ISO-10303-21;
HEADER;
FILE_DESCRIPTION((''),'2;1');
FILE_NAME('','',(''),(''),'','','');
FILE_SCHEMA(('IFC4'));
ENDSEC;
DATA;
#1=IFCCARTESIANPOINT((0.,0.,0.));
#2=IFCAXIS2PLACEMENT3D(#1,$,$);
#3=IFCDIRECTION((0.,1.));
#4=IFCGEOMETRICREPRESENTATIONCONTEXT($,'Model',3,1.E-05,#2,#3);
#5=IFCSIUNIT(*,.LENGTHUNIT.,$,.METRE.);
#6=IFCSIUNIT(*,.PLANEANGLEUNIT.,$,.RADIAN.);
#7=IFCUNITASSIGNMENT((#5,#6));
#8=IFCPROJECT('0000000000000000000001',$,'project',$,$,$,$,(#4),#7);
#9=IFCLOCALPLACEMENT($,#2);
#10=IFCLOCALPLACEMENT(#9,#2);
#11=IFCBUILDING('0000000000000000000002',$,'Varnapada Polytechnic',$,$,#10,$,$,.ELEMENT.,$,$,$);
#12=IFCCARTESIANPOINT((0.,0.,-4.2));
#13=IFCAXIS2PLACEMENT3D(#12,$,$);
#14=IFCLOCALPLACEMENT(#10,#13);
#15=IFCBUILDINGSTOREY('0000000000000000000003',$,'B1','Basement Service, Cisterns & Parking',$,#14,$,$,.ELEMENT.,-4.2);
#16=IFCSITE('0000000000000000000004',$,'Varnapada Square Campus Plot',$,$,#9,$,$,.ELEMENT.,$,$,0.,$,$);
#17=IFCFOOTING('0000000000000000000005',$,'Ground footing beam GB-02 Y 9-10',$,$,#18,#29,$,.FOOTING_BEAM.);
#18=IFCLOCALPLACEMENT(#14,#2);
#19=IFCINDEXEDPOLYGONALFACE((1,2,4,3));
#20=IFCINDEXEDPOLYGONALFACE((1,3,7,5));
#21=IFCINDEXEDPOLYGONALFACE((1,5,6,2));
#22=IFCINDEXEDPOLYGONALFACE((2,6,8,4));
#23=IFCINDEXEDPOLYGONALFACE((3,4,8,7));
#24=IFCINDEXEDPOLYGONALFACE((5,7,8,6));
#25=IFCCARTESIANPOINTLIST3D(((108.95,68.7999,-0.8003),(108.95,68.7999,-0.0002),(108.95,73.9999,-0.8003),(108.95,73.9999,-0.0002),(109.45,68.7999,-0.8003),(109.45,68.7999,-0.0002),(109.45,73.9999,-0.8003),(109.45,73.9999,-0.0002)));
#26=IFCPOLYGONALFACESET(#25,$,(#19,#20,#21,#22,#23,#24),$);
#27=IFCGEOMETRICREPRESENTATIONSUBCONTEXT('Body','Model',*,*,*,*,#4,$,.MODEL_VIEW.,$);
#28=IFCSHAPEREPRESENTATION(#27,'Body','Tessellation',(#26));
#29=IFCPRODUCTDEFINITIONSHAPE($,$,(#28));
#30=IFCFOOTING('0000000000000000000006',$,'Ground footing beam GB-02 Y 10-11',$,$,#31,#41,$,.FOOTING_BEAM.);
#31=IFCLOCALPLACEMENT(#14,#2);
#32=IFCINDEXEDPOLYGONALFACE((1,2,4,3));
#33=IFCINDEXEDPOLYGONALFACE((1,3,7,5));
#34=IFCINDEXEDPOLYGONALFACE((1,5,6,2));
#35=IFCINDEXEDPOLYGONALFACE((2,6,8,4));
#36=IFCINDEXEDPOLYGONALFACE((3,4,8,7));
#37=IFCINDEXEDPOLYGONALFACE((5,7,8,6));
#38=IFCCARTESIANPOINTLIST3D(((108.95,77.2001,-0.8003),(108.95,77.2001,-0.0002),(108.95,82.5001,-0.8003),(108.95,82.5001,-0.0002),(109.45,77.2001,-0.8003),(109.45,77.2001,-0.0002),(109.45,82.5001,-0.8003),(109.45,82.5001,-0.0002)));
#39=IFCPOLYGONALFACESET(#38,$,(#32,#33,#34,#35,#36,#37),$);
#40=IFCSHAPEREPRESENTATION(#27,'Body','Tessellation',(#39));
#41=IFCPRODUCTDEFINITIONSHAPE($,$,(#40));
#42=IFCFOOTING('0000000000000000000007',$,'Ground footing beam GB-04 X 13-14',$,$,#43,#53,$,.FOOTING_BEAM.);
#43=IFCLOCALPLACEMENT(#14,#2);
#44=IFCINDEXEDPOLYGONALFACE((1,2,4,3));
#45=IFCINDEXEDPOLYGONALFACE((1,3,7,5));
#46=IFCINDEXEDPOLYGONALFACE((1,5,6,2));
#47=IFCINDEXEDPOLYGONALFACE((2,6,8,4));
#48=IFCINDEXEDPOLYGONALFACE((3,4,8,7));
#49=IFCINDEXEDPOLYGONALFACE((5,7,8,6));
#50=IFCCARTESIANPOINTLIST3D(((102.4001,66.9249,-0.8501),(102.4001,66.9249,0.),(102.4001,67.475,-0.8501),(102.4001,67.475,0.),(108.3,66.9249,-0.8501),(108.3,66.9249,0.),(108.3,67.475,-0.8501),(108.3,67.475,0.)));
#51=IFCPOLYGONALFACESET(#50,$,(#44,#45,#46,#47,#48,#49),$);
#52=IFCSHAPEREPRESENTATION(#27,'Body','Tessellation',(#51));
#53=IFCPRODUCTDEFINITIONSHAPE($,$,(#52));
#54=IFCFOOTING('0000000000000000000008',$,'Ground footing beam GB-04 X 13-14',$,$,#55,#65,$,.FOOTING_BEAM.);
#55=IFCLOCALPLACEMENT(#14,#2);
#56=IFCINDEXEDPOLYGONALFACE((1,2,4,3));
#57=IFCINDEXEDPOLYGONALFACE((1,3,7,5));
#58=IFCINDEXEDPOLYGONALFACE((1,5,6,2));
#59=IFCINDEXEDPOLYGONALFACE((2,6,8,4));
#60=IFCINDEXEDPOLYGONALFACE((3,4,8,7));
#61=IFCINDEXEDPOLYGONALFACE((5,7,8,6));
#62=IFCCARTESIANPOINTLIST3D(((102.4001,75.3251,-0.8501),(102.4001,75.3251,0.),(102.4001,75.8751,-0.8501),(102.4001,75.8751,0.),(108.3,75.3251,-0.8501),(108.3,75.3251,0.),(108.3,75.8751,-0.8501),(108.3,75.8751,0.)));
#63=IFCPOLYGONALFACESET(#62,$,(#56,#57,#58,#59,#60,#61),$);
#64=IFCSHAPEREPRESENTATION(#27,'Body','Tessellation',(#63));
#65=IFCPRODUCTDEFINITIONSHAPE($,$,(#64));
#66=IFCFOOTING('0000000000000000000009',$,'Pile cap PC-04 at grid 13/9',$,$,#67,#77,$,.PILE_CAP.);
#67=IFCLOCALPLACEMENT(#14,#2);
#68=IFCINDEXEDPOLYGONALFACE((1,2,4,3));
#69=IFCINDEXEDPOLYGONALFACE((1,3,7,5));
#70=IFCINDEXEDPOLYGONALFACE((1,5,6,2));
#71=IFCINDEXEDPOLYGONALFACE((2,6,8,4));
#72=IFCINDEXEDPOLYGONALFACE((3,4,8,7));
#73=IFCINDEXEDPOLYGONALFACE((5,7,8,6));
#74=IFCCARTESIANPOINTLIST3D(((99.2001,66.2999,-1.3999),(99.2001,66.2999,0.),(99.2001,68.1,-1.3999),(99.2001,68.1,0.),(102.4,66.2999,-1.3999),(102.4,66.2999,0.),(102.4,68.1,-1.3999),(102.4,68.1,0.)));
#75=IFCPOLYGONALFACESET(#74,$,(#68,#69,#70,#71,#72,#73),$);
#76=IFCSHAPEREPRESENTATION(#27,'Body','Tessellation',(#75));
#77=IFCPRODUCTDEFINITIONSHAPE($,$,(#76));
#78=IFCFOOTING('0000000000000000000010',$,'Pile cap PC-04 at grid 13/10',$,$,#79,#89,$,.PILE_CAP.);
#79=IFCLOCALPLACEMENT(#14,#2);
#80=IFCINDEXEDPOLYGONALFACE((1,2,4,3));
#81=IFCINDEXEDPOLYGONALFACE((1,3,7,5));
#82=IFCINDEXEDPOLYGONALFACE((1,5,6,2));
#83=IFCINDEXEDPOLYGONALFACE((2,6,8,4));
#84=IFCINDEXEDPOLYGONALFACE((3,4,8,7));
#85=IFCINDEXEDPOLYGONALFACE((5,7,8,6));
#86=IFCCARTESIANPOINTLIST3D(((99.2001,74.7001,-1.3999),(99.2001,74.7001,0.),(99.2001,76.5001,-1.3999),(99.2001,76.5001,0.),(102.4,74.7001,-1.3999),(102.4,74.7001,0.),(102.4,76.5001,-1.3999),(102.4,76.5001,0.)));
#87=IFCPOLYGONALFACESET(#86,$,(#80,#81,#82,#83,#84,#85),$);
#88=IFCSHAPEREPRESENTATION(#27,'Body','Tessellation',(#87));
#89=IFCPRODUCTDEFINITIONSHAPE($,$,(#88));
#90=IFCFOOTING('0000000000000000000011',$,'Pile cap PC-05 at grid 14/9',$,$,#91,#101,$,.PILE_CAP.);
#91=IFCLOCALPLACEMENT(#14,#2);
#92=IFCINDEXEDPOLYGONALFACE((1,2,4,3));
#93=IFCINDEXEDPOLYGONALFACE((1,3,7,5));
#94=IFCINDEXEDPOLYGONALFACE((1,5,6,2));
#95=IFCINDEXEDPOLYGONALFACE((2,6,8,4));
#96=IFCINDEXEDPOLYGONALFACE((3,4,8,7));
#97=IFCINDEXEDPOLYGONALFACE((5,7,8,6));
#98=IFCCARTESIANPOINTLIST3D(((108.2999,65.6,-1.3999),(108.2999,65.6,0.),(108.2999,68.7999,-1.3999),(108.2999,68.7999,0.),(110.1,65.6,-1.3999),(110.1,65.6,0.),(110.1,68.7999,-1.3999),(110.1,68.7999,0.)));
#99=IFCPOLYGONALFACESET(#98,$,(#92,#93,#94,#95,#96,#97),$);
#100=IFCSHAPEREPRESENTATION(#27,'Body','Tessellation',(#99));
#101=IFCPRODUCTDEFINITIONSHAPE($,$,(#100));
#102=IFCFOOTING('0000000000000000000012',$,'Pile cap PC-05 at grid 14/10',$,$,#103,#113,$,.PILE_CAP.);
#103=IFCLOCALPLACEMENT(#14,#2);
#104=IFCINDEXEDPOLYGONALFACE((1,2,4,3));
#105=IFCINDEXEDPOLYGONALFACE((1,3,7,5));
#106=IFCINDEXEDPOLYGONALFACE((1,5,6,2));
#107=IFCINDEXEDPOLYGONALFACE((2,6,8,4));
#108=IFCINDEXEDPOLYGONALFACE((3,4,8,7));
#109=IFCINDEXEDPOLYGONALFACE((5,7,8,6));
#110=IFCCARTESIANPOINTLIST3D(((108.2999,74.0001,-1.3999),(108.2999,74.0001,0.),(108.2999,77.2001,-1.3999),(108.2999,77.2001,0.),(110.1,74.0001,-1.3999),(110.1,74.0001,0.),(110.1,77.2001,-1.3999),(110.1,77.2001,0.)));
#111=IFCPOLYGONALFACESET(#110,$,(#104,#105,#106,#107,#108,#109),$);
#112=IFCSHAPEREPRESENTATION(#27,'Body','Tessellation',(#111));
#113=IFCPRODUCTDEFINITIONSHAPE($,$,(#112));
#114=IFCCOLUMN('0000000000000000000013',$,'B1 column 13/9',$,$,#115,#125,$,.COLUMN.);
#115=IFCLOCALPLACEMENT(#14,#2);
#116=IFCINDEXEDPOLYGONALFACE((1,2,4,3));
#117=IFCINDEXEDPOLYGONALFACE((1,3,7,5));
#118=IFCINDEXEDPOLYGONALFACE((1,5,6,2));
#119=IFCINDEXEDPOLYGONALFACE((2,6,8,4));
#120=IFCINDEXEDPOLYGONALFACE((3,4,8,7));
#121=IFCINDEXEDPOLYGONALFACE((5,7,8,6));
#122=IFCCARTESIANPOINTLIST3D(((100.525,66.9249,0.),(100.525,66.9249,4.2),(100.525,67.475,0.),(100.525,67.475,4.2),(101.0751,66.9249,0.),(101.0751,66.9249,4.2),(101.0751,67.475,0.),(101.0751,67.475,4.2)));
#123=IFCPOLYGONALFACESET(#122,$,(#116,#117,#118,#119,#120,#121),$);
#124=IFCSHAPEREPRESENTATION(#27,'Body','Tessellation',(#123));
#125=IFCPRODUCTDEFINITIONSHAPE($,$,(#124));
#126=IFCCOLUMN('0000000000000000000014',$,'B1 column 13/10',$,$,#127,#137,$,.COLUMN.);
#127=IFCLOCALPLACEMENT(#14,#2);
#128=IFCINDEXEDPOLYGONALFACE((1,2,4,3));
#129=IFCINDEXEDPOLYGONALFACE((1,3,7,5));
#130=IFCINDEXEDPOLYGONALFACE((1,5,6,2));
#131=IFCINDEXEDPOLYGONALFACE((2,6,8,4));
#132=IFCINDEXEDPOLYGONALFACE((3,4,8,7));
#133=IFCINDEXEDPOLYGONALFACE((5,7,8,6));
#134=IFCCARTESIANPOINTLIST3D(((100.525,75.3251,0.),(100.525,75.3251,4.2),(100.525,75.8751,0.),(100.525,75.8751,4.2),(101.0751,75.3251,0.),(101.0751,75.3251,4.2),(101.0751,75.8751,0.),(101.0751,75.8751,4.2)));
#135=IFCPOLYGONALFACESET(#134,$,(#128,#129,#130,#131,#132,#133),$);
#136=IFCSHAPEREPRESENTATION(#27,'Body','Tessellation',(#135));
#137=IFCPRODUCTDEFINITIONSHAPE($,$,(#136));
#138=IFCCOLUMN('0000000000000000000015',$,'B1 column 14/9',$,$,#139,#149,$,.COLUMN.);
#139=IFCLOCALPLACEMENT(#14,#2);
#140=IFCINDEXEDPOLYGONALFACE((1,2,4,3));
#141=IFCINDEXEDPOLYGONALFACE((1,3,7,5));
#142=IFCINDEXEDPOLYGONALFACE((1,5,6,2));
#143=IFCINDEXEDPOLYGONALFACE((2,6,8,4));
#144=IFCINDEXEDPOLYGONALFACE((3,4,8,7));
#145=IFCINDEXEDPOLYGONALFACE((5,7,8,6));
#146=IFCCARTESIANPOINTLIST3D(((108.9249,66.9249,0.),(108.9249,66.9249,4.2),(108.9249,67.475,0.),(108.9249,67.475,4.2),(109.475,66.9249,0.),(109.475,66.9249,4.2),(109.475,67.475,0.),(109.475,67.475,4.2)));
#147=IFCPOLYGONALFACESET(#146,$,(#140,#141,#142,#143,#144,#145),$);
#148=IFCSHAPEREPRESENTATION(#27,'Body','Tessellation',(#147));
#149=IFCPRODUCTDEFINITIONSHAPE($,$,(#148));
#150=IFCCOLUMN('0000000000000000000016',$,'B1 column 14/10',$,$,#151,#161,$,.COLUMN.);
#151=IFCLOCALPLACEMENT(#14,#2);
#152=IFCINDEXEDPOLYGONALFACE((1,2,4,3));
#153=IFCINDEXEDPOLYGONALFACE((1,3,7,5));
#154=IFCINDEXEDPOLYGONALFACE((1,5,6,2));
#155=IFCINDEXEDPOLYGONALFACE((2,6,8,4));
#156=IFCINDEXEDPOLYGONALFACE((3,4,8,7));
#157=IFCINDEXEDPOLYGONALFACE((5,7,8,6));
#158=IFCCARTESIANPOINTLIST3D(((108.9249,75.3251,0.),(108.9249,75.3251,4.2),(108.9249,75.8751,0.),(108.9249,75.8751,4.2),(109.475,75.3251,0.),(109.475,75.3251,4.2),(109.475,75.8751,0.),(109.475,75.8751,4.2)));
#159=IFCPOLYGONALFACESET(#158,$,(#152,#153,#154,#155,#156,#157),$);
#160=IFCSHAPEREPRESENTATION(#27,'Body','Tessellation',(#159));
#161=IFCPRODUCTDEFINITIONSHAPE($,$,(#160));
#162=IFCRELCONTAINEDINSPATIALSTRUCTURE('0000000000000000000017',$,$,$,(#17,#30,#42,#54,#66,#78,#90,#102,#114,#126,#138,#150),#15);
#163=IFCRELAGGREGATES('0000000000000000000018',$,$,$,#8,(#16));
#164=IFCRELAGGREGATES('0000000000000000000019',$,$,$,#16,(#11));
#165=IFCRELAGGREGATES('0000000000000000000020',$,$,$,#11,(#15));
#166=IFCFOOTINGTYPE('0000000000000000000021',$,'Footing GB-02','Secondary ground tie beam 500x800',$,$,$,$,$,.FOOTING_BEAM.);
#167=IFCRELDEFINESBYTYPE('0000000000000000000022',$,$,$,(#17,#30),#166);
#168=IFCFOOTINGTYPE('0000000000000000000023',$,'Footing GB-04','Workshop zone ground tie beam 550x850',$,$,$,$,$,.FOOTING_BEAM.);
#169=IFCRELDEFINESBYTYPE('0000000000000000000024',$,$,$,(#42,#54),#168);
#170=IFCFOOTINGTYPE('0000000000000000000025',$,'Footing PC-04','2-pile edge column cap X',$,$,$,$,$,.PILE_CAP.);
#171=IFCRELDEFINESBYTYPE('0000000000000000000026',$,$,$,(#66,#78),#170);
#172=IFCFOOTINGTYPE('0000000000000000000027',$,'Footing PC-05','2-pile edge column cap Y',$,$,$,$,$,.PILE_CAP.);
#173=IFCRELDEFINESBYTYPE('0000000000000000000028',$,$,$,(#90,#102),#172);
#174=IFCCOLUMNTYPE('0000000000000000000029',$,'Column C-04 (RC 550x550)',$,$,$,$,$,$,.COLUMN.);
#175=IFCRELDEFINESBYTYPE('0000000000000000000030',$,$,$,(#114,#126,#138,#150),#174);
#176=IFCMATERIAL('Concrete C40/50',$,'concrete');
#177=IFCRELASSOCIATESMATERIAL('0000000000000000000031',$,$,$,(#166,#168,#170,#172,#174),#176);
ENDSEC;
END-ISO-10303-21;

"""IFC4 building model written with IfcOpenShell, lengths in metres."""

from ifc_helpers import new_model, si_unit, direction, frame, origin, origin_2d, place, context, subcontext, project, spatial, rectangle, extrude, material, material_profile, profile_set, type_object, element, save


model = new_model("IFC4")

# Units and contexts
model_context = context("Model", 3, precision=1e-05, world=origin(), true_north=direction((0.0, 1.0)))
body_context = subcontext(model_context, "Body", "Model", "MODEL_VIEW")
ifc_project = project(units=[si_unit("LENGTHUNIT", "METRE"), si_unit("PLANEANGLEUNIT", "RADIAN")], contexts=[model_context])

# Site, building, storey
site_placement = place(None, origin())
site = spatial("IfcSite", under=ifc_project, at=site_placement, Name="Varnapada Square Campus Plot", CompositionType="ELEMENT", RefElevation=0.0)
building_placement = place(site_placement, origin())
building = spatial("IfcBuilding", under=site, at=building_placement, Name="Varnapada Polytechnic", CompositionType="ELEMENT")
storey_placement = place(building_placement, frame((0.0, 0.0, -4.2)))
storey = spatial("IfcBuildingStorey", under=building, at=storey_placement, Name="B1", Description="Basement Service, Cisterns & Parking", CompositionType="ELEMENT", Elevation=-4.2)

# Shared definitions
ifc_material = material(Name="Concrete C40/50", Category="concrete")

# Footings
footing_type_1 = type_object("IfcFootingType", Name="Footing GB-02", Description="Secondary ground tie beam 500x800", PredefinedType="FOOTING_BEAM", material=ifc_material)
footing_1_placement = place(storey_placement, frame((109.2, 71.3999, -0.8003), z_axis=(0.0, 0.0, 1.0), x_axis=(0.0, 1.0, 0.0)))
element("IfcFooting", 1, at=footing_1_placement, inside=storey, type_object=footing_type_1, Name="Ground footing beam GB-02 Y 9-10", PredefinedType="FOOTING_BEAM", context=body_context, shape_type="SweptSolid", body=[
    extrude(rectangle(XDim=5.2, YDim=0.5, at=origin_2d()), origin(), (0.0, 0.0, 1.0), 0.8),
])
footing_2_placement = place(storey_placement, frame((109.2, 79.8501, -0.8003), z_axis=(0.0, 0.0, 1.0), x_axis=(0.0, 1.0, 0.0)))
element("IfcFooting", 2, at=footing_2_placement, inside=storey, type_object=footing_type_1, Name="Ground footing beam GB-02 Y 10-11", PredefinedType="FOOTING_BEAM", context=body_context, shape_type="SweptSolid", body=[
    extrude(rectangle(XDim=5.3, YDim=0.5, at=origin_2d()), origin(), (0.0, 0.0, 1.0), 0.8),
])
footing_type_2 = type_object("IfcFootingType", Name="Footing GB-04", Description="Workshop zone ground tie beam 550x850", PredefinedType="FOOTING_BEAM", material=ifc_material)
for number, where, z_axis, x_axis, name in (
    (3, (105.3501, 67.2, -0.8501), (0.0, 0.0, 1.0), (1.0, 0.0, 0.0), "Ground footing beam GB-04 X 13-14"),
    (4, (105.3501, 75.6001, -0.8501), (0.0, 0.0, 1.0), (1.0, 0.0, 0.0), "Ground footing beam GB-04 X 13-14"),
):
    element("IfcFooting", number, at=place(storey_placement, frame(where, z_axis=z_axis, x_axis=x_axis)), inside=storey, type_object=footing_type_2, Name=name, PredefinedType="FOOTING_BEAM", context=body_context, shape_type="SweptSolid", body=[
        extrude(rectangle(XDim=5.8999, YDim=0.55, at=origin_2d()), origin(), (0.0, 0.0, 1.0), 0.8501),
    ])
footing_type_3 = type_object("IfcFootingType", Name="Footing PC-04", Description="2-pile edge column cap X", PredefinedType="PILE_CAP", material=ifc_material)
for number, where, z_axis, x_axis, name in (
    (5, (100.8, 67.2, -1.3999), (0.0, 0.0, 1.0), (1.0, 0.0, 0.0), "Pile cap PC-04 at grid 13/9"),
    (6, (100.8, 75.6001, -1.3999), (0.0, 0.0, 1.0), (1.0, 0.0, 0.0), "Pile cap PC-04 at grid 13/10"),
):
    element("IfcFooting", number, at=place(storey_placement, frame(where, z_axis=z_axis, x_axis=x_axis)), inside=storey, type_object=footing_type_3, Name=name, PredefinedType="PILE_CAP", context=body_context, shape_type="SweptSolid", body=[
        extrude(rectangle(XDim=3.2, YDim=1.8, at=origin_2d()), origin(), (0.0, 0.0, 1.0), 1.3999),
    ])
footing_type_4 = type_object("IfcFootingType", Name="Footing PC-05", Description="2-pile edge column cap Y", PredefinedType="PILE_CAP", material=ifc_material)
for number, where, z_axis, x_axis, name in (
    (7, (109.2, 67.2, -1.3999), (0.0, 0.0, 1.0), (1.0, 0.0, 0.0), "Pile cap PC-05 at grid 14/9"),
    (8, (109.2, 75.6001, -1.3999), (0.0, 0.0, 1.0), (1.0, 0.0, 0.0), "Pile cap PC-05 at grid 14/10"),
):
    element("IfcFooting", number, at=place(storey_placement, frame(where, z_axis=z_axis, x_axis=x_axis)), inside=storey, type_object=footing_type_4, Name=name, PredefinedType="PILE_CAP", context=body_context, shape_type="SweptSolid", body=[
        extrude(rectangle(XDim=1.8, YDim=3.2, at=origin_2d()), origin(), (0.0, 0.0, 1.0), 1.3999),
    ])

# Columns
ifc_material_profile_1 = material_profile(ifc_material, rectangle(XDim=0.55, YDim=0.55, at=origin_2d()), Name="RC 550x550")
ifc_profile_set_1 = profile_set([ifc_material_profile_1], Name="Concrete C40/50")
column_type = type_object("IfcColumnType", Name="Column C-04 (RC 550x550)", PredefinedType="COLUMN", material=ifc_profile_set_1)
for number, where, z_axis, x_axis, name in (
    (9, (100.8, 67.2, 0.0), (0.0, 0.0, 1.0), (1.0, 0.0, 0.0), "B1 column 13/9"),
    (10, (100.8, 75.6001, 0.0), (0.0, 0.0, 1.0), (1.0, 0.0, 0.0), "B1 column 13/10"),
    (11, (109.2, 67.2, 0.0), (0.0, 0.0, 1.0), (1.0, 0.0, 0.0), "B1 column 14/9"),
    (12, (109.2, 75.6001, 0.0), (0.0, 0.0, 1.0), (1.0, 0.0, 0.0), "B1 column 14/10"),
):
    element("IfcColumn", number, at=place(storey_placement, frame(where, z_axis=z_axis, x_axis=x_axis)), inside=storey, type_object=column_type, Name=name, PredefinedType="COLUMN", context=body_context, shape_type="SweptSolid", body=[
        extrude(rectangle(XDim=0.55, YDim=0.55, at=origin_2d()), origin(), (0.0, 0.0, 1.0), 4.2),
    ])

save(model, "model.ifc")
